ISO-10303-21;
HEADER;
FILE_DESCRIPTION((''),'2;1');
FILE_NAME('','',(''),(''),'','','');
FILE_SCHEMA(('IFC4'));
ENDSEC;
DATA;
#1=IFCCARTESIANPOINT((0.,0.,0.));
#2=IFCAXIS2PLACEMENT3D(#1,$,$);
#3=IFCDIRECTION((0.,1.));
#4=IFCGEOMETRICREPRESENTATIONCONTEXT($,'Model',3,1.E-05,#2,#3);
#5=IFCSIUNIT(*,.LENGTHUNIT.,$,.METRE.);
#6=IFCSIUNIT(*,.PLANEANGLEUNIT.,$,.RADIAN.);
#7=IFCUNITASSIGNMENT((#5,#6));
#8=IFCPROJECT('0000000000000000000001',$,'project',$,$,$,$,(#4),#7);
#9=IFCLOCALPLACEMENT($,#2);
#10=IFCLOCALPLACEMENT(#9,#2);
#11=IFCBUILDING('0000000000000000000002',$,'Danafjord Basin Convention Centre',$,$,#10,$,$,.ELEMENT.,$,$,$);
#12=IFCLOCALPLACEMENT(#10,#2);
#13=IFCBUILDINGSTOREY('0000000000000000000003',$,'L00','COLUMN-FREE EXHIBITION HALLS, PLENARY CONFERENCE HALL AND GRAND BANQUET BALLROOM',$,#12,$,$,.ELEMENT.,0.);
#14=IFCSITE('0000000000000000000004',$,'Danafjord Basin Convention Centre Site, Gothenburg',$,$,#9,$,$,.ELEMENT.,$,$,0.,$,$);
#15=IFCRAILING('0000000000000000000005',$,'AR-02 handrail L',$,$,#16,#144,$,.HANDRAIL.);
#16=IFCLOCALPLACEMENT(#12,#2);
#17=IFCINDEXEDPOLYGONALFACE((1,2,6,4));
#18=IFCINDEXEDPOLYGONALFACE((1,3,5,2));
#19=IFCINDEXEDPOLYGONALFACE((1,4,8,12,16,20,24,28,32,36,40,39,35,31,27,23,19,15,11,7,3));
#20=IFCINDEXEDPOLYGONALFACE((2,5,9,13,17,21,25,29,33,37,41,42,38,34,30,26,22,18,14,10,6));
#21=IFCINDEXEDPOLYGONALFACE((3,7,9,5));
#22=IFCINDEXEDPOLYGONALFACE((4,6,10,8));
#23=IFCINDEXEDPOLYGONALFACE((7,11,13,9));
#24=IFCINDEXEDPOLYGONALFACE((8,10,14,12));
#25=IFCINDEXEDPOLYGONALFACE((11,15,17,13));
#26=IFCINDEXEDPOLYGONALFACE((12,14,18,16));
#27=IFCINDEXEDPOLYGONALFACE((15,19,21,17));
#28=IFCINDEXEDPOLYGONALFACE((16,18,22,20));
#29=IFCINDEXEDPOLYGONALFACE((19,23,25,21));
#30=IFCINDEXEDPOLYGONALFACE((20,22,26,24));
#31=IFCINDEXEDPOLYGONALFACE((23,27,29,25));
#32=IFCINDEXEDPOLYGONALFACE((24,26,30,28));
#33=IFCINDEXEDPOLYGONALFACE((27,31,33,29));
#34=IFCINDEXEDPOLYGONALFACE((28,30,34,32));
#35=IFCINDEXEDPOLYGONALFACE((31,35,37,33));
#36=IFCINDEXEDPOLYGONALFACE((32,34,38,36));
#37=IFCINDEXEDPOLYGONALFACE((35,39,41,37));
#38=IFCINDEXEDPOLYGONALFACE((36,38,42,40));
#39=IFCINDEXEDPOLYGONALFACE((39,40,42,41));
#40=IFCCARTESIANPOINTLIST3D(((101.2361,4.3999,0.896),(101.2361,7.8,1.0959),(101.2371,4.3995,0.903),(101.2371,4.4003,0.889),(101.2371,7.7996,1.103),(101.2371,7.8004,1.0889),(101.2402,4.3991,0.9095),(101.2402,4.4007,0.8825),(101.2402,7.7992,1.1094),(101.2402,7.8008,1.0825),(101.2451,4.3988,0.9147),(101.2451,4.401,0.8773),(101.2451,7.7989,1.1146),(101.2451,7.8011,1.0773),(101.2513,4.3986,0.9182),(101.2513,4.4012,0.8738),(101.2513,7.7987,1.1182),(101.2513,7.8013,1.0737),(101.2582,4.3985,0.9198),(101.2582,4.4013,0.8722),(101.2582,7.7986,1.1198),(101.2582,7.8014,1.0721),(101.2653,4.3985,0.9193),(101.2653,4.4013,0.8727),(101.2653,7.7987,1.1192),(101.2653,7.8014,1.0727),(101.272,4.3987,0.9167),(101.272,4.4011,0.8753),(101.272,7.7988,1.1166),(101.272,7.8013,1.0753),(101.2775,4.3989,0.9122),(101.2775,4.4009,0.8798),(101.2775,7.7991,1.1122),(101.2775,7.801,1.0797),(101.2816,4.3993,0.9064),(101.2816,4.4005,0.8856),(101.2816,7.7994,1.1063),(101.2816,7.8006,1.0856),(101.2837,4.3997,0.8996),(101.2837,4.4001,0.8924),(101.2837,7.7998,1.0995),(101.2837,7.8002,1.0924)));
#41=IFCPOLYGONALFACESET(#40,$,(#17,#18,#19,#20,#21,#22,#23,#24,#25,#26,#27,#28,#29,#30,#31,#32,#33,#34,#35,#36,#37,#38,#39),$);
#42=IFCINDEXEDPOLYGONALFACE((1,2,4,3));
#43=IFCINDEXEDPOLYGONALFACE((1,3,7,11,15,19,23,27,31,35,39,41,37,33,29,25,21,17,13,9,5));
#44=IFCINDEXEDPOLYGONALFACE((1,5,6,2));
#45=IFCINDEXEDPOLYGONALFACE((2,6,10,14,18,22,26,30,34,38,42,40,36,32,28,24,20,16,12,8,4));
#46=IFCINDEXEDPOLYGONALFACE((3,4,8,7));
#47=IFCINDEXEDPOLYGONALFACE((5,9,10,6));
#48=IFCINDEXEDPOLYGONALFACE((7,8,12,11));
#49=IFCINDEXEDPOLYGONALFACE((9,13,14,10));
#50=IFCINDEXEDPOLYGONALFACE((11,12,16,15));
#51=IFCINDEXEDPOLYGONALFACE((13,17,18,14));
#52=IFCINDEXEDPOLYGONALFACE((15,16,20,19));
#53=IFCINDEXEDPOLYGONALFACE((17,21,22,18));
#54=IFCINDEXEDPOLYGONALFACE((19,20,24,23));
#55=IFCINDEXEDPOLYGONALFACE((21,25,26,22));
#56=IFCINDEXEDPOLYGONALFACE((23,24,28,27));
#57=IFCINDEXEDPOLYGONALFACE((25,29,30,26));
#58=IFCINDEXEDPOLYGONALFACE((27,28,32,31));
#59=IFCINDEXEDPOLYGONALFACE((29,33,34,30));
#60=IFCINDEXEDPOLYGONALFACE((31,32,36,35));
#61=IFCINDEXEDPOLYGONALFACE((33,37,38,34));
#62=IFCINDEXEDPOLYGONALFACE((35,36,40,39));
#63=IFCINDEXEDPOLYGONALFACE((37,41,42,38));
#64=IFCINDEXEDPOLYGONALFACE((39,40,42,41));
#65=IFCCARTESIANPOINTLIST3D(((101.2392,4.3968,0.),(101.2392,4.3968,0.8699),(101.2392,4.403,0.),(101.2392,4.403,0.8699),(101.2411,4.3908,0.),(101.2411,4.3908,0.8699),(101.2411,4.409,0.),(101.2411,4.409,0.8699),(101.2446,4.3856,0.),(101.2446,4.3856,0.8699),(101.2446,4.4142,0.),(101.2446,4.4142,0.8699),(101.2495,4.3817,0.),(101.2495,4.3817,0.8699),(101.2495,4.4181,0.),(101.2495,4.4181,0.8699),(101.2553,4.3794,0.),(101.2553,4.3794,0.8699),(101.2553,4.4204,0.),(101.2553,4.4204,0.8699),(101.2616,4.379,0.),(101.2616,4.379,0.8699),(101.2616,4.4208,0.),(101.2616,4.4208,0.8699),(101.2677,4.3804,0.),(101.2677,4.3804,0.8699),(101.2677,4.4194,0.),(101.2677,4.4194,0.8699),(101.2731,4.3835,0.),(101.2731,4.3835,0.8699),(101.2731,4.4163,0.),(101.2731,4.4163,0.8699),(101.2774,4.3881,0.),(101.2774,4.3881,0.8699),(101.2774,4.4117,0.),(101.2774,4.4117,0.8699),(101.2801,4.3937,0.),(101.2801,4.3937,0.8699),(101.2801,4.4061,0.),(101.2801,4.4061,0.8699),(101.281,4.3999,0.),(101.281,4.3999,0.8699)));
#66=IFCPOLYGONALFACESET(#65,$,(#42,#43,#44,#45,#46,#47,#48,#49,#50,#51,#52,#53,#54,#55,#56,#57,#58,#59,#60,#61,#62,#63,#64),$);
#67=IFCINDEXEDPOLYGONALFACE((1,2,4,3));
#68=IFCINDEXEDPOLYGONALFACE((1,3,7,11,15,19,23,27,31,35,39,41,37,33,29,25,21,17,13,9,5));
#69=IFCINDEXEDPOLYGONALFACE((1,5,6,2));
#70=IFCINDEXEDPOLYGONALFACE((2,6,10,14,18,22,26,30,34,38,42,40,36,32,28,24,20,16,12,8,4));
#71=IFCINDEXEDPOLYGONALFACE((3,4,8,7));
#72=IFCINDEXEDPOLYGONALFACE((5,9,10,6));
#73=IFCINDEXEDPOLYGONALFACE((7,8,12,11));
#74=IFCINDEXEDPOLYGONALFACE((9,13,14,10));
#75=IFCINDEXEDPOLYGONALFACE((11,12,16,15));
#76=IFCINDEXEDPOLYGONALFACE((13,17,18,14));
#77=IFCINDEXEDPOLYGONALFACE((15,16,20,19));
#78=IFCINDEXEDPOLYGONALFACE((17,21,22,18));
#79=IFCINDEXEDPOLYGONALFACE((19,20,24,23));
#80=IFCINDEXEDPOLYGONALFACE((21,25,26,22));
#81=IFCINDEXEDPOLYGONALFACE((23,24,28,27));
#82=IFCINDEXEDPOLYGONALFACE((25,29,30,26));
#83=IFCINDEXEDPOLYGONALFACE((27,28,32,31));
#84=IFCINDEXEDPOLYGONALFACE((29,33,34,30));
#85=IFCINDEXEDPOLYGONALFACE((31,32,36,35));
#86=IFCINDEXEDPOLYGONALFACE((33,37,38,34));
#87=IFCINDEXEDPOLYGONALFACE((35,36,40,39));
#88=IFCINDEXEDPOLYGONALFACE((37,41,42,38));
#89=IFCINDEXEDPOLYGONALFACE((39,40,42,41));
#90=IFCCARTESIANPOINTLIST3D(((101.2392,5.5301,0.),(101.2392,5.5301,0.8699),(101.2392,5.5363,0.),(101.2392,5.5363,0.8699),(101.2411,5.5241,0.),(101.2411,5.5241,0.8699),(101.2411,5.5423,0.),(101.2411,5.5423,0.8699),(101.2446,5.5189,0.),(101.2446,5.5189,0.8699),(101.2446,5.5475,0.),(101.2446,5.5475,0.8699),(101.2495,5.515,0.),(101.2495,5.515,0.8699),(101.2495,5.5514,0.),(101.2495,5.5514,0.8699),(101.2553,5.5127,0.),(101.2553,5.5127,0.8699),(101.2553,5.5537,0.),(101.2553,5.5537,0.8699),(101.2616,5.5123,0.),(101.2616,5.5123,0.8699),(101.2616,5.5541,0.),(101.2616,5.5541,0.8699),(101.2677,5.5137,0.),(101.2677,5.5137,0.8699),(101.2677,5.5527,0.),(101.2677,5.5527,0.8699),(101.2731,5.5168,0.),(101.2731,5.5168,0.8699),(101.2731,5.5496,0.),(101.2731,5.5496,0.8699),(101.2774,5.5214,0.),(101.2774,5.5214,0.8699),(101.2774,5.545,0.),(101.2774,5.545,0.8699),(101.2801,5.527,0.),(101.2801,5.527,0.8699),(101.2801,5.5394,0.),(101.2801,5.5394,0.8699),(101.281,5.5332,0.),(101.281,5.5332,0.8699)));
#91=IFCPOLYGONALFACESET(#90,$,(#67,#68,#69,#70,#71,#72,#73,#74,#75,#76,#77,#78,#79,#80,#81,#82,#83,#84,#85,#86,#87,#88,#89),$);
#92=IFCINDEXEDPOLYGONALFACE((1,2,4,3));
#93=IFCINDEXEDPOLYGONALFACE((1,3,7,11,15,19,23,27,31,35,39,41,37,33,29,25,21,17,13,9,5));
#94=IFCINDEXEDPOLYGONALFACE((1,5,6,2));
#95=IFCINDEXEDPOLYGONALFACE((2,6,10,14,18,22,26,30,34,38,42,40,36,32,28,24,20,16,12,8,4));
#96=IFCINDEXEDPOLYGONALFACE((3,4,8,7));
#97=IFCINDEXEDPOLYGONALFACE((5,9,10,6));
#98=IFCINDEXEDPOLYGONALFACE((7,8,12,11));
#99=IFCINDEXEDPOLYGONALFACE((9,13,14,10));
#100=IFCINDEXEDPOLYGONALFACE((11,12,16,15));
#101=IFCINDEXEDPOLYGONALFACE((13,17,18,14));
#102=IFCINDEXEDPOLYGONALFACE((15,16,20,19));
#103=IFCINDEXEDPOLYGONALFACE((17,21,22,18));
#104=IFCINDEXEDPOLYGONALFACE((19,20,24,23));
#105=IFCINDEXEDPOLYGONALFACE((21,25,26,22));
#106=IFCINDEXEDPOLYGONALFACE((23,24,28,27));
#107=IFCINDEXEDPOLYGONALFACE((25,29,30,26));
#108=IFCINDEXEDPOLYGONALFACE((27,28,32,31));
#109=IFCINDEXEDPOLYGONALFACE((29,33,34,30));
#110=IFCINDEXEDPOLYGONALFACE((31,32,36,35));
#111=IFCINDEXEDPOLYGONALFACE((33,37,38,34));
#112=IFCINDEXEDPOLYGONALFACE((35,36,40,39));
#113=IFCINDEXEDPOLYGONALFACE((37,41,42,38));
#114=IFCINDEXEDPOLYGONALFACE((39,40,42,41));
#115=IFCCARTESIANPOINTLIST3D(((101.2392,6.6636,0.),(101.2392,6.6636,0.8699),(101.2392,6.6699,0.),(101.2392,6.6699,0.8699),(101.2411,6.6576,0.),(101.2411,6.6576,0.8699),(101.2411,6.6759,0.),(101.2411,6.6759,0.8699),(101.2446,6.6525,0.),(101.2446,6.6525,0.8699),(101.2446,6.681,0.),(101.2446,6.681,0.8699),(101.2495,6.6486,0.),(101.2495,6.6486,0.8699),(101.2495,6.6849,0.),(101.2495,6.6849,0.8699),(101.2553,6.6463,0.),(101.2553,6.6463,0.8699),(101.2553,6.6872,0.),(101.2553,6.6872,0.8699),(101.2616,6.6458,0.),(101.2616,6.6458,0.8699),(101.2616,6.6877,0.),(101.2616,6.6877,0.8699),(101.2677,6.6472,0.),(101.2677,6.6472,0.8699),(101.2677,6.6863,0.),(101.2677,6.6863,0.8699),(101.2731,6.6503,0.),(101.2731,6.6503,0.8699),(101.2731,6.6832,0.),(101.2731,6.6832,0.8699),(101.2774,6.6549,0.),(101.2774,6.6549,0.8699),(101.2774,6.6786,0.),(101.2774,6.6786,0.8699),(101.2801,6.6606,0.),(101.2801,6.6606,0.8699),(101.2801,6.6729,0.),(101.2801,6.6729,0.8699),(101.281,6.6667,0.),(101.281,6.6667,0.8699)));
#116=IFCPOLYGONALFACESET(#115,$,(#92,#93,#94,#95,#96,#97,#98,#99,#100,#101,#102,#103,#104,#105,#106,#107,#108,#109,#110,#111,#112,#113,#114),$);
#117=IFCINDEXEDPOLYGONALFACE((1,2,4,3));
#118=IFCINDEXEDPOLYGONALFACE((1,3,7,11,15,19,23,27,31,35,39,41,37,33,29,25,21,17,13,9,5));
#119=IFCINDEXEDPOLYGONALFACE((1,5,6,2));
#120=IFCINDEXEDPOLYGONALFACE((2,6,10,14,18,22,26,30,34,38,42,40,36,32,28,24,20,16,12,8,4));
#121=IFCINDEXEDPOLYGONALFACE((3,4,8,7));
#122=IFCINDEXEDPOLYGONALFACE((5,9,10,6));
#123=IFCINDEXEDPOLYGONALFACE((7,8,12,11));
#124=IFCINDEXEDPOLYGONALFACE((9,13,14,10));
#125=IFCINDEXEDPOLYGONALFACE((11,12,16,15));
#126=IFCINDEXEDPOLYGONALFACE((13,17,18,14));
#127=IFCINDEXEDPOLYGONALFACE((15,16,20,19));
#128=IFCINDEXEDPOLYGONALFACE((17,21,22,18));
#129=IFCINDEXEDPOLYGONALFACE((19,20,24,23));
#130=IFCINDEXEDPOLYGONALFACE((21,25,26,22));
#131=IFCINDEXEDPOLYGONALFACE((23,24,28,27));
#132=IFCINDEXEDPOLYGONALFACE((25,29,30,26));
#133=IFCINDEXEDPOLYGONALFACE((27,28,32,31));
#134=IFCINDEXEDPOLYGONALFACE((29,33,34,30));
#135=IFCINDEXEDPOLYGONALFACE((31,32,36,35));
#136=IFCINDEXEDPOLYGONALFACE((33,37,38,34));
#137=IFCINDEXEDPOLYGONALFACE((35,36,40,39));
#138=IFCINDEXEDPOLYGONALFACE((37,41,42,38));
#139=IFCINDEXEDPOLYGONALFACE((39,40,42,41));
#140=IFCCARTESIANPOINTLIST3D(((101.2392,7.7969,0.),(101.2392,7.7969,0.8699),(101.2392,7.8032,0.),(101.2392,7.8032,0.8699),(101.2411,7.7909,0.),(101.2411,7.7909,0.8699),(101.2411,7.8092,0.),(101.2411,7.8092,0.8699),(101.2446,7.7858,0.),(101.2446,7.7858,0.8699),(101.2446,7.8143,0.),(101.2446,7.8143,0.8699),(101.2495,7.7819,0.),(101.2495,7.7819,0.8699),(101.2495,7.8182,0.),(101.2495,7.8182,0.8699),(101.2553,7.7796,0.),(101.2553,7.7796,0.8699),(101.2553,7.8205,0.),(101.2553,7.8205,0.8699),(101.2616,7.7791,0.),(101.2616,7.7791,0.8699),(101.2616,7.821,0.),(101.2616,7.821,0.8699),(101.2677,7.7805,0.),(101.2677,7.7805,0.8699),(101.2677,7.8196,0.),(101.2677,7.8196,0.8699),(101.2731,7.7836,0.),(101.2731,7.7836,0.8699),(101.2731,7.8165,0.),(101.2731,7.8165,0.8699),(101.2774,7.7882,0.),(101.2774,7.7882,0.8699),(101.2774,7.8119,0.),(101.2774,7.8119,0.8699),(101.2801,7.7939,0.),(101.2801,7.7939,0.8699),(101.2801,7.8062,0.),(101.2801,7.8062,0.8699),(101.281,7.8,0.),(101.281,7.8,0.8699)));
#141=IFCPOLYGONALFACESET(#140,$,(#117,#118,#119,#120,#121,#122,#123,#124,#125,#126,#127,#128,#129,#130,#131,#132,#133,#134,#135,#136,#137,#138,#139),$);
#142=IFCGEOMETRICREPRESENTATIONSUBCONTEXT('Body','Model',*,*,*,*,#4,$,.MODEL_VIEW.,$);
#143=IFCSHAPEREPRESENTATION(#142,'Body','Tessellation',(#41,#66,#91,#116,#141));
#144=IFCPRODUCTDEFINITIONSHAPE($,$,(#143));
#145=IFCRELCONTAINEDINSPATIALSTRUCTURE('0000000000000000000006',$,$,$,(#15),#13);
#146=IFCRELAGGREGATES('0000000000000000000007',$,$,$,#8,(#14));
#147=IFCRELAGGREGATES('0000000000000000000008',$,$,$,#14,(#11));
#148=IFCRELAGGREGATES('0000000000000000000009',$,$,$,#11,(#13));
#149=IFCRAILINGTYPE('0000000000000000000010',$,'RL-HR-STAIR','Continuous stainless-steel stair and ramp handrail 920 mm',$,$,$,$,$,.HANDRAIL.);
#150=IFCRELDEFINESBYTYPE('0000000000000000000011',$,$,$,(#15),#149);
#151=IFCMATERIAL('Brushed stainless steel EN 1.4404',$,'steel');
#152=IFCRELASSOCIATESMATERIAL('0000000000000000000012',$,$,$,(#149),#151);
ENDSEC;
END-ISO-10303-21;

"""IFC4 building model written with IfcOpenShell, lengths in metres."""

from ifc_helpers import new_model, si_unit, direction, frame, origin, origin_2d, place, context, subcontext, project, spatial, circle, extrude, material, type_object, element, save


model = new_model("IFC4")

# Units and contexts
model_context = context("Model", 3, precision=1e-05, world=origin(), true_north=direction((0.0, 1.0)))
body_context = subcontext(model_context, "Body", "Model", "MODEL_VIEW")
ifc_project = project(units=[si_unit("LENGTHUNIT", "METRE"), si_unit("PLANEANGLEUNIT", "RADIAN")], contexts=[model_context])

# Site, building, storey
site_placement = place(None, origin())
site = spatial("IfcSite", under=ifc_project, at=site_placement, Name="Danafjord Basin Convention Centre Site, Gothenburg", CompositionType="ELEMENT", RefElevation=0.0)
building_placement = place(site_placement, origin())
building = spatial("IfcBuilding", under=site, at=building_placement, Name="Danafjord Basin Convention Centre", CompositionType="ELEMENT")
storey_placement = place(building_placement, origin())
storey = spatial("IfcBuildingStorey", under=building, at=storey_placement, Name="L00", Description="COLUMN-FREE EXHIBITION HALLS, PLENARY CONFERENCE HALL AND GRAND BANQUET BALLROOM", CompositionType="ELEMENT", Elevation=0.0)

# Railing
ifc_material_1 = material(Name="Brushed stainless steel EN 1.4404", Category="steel")
railing_type = type_object("IfcRailingType", Name="RL-HR-STAIR", Description="Continuous stainless-steel stair and ramp handrail 920 mm", PredefinedType="HANDRAIL", material=ifc_material_1)
for number, where, name in (
    (1, (101.26, 4.3999, 0.0), "AR-02 handrail L"),
):
    element("IfcRailing", number, at=place(storey_placement, frame(where)), inside=storey, type_object=railing_type, Name=name, PredefinedType="HANDRAIL", context=body_context, shape_type="SweptSolid", body=[
        extrude(circle(Radius=0.0239, at=origin_2d()), frame((0.0, 0.0, 0.896), z_axis=(0.0, 0.998275, 0.058705), x_axis=(-1.0, 0.0, 0.0)), (0.0, 0.0, 1.0), 3.406),
        extrude(circle(Radius=0.021, at=origin_2d()), origin(), (0.0, 0.0, 1.0), 0.8699),
        extrude(circle(Radius=0.021, at=origin_2d()), frame((0.0, 1.1333, 0.0)), (0.0, 0.0, 1.0), 0.8699),
        extrude(circle(Radius=0.021, at=origin_2d()), frame((0.0, 2.2668, 0.0)), (0.0, 0.0, 1.0), 0.8699),
        extrude(circle(Radius=0.021, at=origin_2d()), frame((0.0, 3.4001, 0.0)), (0.0, 0.0, 1.0), 0.8699),
    ])

save(model, "model.ifc")
